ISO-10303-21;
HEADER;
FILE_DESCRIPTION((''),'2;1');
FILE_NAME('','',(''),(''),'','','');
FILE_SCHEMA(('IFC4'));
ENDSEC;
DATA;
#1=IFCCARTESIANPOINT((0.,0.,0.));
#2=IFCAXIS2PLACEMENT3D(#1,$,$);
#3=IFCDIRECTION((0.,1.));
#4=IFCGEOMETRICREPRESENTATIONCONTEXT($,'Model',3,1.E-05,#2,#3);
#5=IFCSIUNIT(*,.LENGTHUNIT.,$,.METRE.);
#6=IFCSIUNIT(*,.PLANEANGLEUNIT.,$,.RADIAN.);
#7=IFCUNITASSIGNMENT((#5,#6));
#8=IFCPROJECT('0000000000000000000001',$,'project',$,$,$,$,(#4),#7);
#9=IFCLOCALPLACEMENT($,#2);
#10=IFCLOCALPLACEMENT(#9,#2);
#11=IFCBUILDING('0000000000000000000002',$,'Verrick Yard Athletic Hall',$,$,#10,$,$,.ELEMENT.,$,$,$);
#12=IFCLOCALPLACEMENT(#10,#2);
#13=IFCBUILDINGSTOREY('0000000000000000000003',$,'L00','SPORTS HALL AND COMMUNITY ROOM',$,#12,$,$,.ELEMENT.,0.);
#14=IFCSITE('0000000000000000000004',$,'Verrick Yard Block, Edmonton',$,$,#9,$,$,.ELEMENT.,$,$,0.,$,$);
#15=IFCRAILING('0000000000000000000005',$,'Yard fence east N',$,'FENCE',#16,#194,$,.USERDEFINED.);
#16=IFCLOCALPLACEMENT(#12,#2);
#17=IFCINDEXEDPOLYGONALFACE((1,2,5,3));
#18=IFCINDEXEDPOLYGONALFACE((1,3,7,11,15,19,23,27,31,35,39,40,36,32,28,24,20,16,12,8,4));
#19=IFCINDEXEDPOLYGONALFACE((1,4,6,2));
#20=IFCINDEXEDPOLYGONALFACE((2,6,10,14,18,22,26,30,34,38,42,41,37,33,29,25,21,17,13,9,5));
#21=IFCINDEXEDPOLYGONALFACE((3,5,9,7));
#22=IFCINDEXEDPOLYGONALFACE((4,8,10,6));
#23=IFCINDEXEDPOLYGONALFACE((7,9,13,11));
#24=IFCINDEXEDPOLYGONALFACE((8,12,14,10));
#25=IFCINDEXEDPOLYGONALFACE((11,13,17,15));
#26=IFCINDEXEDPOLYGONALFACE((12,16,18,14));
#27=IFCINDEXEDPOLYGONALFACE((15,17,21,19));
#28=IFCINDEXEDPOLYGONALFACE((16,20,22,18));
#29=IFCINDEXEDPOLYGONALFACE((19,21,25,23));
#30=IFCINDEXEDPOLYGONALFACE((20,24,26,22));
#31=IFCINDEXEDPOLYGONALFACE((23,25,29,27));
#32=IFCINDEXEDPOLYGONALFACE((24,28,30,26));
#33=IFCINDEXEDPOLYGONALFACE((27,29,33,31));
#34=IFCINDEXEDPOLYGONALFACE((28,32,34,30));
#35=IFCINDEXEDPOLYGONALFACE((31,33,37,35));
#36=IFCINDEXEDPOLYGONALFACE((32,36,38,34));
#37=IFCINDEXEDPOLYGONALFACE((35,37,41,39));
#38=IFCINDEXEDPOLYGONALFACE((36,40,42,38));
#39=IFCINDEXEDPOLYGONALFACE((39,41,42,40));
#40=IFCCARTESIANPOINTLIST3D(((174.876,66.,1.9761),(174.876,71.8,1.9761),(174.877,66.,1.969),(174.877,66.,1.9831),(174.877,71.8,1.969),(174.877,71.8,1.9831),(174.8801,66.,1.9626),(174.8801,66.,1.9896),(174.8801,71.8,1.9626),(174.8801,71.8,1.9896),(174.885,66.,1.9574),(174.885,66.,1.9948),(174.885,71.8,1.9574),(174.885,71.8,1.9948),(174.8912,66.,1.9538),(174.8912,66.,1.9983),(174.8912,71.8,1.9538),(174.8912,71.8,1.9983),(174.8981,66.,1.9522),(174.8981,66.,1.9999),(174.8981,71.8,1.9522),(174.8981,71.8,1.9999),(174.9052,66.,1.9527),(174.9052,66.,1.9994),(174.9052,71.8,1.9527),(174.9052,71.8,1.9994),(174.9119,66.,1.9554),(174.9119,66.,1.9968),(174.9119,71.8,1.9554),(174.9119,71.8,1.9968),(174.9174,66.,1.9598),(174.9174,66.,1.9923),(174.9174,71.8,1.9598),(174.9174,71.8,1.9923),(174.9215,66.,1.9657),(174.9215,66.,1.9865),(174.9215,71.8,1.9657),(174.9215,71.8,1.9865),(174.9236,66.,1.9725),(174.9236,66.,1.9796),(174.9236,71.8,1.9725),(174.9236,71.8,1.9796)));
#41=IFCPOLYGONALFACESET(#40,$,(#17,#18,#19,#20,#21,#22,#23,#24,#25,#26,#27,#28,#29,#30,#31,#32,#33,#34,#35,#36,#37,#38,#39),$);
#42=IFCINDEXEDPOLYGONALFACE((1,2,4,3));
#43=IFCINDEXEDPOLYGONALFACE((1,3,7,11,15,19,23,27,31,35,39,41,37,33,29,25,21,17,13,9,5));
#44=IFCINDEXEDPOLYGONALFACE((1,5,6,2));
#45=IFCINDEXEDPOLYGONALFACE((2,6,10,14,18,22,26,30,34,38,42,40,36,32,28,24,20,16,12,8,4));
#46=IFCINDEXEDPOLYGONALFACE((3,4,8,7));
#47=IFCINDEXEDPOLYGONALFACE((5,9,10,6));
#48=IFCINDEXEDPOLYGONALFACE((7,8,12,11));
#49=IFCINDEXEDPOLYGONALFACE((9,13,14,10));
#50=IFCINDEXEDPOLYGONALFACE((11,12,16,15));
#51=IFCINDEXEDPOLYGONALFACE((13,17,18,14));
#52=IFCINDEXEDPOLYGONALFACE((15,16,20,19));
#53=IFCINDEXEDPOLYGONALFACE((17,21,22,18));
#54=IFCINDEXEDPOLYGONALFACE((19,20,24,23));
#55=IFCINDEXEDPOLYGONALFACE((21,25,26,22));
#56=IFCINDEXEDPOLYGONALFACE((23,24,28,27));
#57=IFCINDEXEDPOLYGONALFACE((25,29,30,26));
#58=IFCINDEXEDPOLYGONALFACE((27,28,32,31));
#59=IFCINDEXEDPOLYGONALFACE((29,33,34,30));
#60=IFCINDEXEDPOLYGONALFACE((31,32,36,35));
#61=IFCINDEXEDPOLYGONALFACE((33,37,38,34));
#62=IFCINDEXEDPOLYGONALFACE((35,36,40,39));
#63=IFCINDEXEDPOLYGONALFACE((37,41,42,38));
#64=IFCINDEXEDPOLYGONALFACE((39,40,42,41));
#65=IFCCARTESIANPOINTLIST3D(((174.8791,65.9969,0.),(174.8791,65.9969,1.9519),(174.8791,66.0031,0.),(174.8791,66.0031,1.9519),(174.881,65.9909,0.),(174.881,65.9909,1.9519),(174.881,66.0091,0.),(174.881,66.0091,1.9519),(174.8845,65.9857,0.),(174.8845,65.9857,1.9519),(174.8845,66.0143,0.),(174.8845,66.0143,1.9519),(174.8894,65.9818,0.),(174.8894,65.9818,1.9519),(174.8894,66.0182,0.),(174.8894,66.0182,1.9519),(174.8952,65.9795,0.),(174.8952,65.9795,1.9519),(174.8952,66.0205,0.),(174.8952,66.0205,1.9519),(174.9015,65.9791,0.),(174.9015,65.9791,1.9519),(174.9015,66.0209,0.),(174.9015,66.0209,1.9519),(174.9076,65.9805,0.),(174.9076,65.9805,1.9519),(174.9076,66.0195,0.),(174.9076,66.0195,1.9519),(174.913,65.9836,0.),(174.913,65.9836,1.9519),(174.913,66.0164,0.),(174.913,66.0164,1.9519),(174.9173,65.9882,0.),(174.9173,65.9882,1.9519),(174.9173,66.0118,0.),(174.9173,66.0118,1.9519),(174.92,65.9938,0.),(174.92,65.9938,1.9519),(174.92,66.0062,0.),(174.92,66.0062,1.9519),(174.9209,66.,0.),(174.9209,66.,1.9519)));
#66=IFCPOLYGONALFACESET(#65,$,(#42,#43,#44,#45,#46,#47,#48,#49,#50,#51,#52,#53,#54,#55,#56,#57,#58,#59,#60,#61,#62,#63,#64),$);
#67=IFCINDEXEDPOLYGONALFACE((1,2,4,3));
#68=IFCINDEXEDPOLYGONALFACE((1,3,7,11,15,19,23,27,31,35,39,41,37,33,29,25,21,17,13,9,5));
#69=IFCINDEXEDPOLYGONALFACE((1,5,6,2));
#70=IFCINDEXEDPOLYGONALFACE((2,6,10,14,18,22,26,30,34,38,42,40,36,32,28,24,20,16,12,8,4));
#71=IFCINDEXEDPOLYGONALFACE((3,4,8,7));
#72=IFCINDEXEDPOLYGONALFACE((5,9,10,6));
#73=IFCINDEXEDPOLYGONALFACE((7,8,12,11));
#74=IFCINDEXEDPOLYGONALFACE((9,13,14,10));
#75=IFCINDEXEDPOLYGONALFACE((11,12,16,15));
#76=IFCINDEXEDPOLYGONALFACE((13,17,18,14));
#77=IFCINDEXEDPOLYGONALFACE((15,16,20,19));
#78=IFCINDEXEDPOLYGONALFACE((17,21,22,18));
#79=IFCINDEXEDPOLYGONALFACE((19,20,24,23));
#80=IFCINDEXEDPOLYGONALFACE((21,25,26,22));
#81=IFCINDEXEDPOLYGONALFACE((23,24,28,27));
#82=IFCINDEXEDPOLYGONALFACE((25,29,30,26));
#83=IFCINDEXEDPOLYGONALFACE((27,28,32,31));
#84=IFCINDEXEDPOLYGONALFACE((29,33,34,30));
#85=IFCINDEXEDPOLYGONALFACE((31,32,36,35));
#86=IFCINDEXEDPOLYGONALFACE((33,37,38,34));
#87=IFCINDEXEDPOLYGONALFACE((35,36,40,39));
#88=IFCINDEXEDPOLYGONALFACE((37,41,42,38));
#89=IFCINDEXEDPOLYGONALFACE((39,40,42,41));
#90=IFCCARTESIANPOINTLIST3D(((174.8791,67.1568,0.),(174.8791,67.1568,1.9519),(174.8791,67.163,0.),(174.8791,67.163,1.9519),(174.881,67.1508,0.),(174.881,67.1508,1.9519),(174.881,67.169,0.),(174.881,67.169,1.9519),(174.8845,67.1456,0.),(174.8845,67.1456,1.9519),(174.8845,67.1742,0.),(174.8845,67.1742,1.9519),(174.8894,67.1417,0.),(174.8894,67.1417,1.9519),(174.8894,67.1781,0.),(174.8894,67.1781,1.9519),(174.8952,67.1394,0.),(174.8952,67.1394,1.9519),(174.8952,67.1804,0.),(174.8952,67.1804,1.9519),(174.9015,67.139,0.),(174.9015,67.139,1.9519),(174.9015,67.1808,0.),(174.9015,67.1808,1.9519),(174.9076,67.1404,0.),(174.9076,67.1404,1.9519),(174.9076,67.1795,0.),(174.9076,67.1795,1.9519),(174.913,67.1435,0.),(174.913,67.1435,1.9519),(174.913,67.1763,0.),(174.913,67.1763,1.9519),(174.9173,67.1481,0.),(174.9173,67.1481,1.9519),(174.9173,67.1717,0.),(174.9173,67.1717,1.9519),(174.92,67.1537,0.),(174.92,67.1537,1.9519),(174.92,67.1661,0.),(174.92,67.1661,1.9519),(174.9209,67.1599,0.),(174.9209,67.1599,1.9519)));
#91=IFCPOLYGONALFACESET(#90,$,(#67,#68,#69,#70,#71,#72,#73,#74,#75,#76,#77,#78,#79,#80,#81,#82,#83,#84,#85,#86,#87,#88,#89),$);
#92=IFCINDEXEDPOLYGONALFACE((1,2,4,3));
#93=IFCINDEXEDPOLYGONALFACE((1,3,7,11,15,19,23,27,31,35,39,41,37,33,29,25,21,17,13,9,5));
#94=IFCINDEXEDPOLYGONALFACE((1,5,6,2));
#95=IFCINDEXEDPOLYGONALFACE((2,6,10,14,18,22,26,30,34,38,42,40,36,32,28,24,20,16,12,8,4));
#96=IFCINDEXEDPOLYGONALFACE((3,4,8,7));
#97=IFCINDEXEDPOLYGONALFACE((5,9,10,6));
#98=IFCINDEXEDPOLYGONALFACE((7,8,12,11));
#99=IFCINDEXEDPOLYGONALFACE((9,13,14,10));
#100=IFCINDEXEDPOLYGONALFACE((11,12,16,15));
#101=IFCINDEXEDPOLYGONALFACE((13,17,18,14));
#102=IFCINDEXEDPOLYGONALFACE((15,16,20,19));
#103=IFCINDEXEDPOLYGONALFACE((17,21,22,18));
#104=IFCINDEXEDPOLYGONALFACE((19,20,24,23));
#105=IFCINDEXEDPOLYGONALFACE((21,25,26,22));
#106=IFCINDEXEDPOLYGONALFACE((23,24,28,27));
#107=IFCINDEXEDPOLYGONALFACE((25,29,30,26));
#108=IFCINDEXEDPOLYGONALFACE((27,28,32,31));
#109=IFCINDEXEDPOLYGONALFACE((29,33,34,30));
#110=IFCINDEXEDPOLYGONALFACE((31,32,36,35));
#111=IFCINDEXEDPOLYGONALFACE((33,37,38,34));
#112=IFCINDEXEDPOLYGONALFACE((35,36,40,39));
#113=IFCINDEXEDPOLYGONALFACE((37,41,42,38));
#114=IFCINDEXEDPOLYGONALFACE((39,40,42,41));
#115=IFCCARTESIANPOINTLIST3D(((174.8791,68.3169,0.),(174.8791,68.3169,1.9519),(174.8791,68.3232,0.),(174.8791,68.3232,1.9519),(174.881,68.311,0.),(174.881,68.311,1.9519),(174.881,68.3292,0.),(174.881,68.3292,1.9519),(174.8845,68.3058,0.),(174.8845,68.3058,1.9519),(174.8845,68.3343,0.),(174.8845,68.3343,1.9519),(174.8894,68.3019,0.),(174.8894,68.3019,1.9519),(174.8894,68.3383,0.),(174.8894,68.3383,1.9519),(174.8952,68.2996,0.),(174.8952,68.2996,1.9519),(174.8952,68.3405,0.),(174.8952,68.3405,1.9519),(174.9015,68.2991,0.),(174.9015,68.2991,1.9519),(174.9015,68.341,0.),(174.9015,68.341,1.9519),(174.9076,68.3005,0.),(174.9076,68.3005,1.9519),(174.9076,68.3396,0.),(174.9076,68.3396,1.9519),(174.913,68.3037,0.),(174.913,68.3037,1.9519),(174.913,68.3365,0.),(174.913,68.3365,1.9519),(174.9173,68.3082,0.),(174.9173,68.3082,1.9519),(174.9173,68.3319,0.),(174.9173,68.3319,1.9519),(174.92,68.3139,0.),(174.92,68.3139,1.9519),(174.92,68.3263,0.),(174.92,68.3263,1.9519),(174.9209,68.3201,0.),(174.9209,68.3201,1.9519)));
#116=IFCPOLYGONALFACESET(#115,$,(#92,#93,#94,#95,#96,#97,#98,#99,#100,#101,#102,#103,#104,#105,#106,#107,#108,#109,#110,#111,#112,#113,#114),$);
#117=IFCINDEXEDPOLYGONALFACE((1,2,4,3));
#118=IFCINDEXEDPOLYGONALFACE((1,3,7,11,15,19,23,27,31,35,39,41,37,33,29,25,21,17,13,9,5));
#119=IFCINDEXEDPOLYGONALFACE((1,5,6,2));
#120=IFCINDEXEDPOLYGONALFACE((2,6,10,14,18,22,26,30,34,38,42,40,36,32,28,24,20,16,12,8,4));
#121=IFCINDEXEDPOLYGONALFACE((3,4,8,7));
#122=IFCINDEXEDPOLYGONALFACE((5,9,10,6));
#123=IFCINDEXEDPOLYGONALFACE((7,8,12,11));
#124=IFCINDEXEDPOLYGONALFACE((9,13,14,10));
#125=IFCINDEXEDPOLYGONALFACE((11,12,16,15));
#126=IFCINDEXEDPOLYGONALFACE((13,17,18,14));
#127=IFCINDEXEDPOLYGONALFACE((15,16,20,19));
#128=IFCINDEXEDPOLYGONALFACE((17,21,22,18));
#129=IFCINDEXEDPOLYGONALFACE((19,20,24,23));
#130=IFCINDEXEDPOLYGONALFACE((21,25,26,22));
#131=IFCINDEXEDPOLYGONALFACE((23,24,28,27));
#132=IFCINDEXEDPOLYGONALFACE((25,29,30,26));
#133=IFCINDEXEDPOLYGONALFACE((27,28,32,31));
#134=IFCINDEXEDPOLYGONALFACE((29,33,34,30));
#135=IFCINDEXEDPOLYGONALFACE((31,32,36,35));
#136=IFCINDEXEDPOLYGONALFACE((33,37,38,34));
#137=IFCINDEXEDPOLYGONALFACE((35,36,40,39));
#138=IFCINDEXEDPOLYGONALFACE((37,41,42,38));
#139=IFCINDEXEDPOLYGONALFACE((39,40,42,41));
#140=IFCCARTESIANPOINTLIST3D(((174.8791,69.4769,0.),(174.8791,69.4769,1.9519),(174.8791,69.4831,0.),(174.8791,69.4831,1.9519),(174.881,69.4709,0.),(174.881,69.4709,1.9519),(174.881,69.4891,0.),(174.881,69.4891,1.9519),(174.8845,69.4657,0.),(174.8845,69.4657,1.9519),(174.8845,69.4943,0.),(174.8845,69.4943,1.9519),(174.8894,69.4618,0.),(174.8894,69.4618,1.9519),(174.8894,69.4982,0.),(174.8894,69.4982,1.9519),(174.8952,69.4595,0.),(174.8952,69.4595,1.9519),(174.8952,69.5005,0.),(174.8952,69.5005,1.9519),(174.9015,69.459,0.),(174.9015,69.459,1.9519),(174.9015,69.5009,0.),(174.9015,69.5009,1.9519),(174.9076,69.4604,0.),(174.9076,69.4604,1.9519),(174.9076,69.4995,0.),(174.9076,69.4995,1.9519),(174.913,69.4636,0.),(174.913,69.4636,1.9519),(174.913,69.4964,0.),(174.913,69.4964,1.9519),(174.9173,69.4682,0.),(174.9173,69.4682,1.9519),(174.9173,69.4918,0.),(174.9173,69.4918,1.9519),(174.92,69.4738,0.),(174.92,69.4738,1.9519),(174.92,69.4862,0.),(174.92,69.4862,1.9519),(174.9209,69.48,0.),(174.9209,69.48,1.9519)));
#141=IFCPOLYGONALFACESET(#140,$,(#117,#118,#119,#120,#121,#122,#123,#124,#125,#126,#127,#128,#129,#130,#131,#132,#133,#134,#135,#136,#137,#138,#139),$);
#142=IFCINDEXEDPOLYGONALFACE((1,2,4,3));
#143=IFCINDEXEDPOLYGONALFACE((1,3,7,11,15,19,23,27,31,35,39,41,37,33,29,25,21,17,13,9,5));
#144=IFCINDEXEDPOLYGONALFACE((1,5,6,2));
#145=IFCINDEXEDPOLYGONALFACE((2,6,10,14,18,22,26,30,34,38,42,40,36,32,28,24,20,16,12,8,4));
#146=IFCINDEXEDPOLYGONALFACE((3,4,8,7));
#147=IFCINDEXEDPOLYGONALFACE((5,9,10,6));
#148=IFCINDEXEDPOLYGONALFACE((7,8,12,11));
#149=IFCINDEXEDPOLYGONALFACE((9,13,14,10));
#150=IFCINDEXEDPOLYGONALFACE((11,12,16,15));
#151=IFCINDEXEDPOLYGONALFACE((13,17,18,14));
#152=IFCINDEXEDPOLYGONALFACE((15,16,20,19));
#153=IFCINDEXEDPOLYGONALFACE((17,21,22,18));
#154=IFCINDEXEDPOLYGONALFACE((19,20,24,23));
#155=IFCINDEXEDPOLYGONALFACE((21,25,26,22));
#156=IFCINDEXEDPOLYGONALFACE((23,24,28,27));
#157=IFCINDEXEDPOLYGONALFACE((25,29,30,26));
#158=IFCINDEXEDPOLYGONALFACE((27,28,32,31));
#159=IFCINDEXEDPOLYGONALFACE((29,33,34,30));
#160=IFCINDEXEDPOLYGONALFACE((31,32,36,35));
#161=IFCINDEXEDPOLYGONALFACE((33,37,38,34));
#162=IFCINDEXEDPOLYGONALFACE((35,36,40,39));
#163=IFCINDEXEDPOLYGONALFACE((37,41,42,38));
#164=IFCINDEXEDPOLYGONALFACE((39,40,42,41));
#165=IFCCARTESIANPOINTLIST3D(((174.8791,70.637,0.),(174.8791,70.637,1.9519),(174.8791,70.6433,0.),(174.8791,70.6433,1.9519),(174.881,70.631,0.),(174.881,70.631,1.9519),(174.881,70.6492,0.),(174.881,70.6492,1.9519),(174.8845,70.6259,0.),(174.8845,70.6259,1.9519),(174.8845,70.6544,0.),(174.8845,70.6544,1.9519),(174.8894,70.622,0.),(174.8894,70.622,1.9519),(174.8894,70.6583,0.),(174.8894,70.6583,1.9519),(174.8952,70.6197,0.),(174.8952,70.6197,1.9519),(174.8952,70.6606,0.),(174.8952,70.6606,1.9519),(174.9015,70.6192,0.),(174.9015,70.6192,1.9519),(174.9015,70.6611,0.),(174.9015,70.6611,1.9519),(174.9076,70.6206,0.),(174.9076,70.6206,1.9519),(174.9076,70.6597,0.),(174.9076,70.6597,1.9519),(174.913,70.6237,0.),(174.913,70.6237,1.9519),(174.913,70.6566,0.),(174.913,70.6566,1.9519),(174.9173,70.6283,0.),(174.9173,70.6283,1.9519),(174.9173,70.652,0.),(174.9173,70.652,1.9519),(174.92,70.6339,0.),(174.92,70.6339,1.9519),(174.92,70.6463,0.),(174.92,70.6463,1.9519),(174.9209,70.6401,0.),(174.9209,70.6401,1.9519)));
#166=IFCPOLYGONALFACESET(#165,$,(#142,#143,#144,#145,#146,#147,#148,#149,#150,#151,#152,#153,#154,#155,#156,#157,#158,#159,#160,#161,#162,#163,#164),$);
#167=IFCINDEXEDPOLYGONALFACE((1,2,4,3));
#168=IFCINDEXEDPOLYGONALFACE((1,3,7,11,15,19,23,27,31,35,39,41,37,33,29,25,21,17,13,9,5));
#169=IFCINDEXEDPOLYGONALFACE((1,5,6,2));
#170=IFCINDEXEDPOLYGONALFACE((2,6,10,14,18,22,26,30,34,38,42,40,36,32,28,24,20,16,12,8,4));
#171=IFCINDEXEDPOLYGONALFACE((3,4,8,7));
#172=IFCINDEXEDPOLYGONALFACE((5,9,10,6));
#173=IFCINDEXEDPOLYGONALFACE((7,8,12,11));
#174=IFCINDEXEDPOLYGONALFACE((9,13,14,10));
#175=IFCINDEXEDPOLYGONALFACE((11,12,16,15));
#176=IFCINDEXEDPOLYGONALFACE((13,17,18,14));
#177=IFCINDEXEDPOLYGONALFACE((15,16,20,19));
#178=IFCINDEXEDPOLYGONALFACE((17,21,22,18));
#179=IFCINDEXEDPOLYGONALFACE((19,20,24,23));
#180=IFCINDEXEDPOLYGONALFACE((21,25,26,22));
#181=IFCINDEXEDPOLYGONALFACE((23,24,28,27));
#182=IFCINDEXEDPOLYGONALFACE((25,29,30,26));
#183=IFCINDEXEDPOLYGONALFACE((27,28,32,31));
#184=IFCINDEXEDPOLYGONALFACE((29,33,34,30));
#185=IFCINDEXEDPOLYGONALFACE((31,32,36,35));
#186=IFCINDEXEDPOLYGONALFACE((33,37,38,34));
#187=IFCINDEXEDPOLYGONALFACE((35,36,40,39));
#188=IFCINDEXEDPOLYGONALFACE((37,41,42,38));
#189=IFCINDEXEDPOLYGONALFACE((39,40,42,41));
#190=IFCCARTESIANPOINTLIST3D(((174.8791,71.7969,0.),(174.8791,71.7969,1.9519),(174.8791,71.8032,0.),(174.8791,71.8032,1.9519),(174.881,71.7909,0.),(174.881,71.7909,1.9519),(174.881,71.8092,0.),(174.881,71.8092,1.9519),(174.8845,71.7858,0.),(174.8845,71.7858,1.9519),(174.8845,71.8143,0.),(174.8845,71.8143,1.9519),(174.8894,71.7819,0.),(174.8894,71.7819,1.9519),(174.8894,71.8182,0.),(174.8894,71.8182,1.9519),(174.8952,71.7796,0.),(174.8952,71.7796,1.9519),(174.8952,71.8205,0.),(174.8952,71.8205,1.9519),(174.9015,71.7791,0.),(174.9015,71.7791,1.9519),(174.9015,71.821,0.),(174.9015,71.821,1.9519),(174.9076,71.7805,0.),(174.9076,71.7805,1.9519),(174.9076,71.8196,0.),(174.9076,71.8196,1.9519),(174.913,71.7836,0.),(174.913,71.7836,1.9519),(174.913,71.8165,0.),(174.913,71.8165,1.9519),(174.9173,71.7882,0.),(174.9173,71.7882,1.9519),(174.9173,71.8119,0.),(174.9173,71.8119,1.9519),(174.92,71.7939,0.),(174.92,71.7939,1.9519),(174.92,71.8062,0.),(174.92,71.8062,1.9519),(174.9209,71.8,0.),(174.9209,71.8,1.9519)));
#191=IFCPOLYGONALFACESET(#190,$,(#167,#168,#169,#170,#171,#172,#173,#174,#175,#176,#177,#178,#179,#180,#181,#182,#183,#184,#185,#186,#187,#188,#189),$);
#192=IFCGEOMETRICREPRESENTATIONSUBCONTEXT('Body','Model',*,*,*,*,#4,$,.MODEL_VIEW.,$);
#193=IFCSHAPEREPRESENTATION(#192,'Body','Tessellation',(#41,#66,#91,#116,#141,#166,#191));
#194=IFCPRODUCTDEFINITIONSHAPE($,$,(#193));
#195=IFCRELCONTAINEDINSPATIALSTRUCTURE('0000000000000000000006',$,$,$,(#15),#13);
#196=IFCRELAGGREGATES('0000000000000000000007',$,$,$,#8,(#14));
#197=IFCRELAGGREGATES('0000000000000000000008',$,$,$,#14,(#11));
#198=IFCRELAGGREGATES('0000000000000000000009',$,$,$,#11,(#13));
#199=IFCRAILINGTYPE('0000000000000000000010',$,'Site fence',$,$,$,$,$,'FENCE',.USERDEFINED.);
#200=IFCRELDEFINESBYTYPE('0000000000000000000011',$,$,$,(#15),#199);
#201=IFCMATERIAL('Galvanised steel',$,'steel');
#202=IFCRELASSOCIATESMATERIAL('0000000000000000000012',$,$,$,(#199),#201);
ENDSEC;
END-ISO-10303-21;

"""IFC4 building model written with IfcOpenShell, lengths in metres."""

from ifc_helpers import new_model, si_unit, direction, frame, origin, origin_2d, place, context, subcontext, project, spatial, circle, extrude, material, type_object, element, save


model = new_model("IFC4")

# Units and contexts
model_context = context("Model", 3, precision=1e-05, world=origin(), true_north=direction((0.0, 1.0)))
body_context = subcontext(model_context, "Body", "Model", "MODEL_VIEW")
ifc_project = project(units=[si_unit("LENGTHUNIT", "METRE"), si_unit("PLANEANGLEUNIT", "RADIAN")], contexts=[model_context])

# Site, building, storey
site_placement = place(None, origin())
site = spatial("IfcSite", under=ifc_project, at=site_placement, Name="Verrick Yard Block, Edmonton", CompositionType="ELEMENT", RefElevation=0.0)
building_placement = place(site_placement, origin())
building = spatial("IfcBuilding", under=site, at=building_placement, Name="Verrick Yard Athletic Hall", CompositionType="ELEMENT")
storey_placement = place(building_placement, origin())
storey = spatial("IfcBuildingStorey", under=building, at=storey_placement, Name="L00", Description="SPORTS HALL AND COMMUNITY ROOM", CompositionType="ELEMENT", Elevation=0.0)

# Railing
ifc_material_1 = material(Name="Galvanised steel", Category="steel")
railing_type_1 = type_object("IfcRailingType", Name="Site fence", ElementType="FENCE", PredefinedType="USERDEFINED", material=ifc_material_1)
for number, where, name in (
    (1, (174.8999, 66.0, 0.0), "Yard fence east N"),
):
    element("IfcRailing", number, at=place(storey_placement, frame(where)), inside=storey, type_object=railing_type_1, Name=name, ObjectType="FENCE", PredefinedType="USERDEFINED", context=body_context, shape_type="SweptSolid", body=[
        extrude(circle(Radius=0.0239, at=origin_2d()), frame((0.0, 0.0, 1.9761), z_axis=(0.0, 1.0, 0.0), x_axis=(-1.0, 0.0, 0.0)), (0.0, 0.0, 1.0), 5.8),
        extrude(circle(Radius=0.021, at=origin_2d()), origin(), (0.0, 0.0, 1.0), 1.9519),
        extrude(circle(Radius=0.021, at=origin_2d()), frame((0.0, 1.1599, 0.0)), (0.0, 0.0, 1.0), 1.9519),
        extrude(circle(Radius=0.021, at=origin_2d()), frame((0.0, 2.3201, 0.0)), (0.0, 0.0, 1.0), 1.9519),
        extrude(circle(Radius=0.021, at=origin_2d()), frame((0.0, 3.48, 0.0)), (0.0, 0.0, 1.0), 1.9519),
        extrude(circle(Radius=0.021, at=origin_2d()), frame((0.0, 4.6401, 0.0)), (0.0, 0.0, 1.0), 1.9519),
        extrude(circle(Radius=0.021, at=origin_2d()), frame((0.0, 5.8, 0.0)), (0.0, 0.0, 1.0), 1.9519),
    ])

save(model, "model.ifc")
